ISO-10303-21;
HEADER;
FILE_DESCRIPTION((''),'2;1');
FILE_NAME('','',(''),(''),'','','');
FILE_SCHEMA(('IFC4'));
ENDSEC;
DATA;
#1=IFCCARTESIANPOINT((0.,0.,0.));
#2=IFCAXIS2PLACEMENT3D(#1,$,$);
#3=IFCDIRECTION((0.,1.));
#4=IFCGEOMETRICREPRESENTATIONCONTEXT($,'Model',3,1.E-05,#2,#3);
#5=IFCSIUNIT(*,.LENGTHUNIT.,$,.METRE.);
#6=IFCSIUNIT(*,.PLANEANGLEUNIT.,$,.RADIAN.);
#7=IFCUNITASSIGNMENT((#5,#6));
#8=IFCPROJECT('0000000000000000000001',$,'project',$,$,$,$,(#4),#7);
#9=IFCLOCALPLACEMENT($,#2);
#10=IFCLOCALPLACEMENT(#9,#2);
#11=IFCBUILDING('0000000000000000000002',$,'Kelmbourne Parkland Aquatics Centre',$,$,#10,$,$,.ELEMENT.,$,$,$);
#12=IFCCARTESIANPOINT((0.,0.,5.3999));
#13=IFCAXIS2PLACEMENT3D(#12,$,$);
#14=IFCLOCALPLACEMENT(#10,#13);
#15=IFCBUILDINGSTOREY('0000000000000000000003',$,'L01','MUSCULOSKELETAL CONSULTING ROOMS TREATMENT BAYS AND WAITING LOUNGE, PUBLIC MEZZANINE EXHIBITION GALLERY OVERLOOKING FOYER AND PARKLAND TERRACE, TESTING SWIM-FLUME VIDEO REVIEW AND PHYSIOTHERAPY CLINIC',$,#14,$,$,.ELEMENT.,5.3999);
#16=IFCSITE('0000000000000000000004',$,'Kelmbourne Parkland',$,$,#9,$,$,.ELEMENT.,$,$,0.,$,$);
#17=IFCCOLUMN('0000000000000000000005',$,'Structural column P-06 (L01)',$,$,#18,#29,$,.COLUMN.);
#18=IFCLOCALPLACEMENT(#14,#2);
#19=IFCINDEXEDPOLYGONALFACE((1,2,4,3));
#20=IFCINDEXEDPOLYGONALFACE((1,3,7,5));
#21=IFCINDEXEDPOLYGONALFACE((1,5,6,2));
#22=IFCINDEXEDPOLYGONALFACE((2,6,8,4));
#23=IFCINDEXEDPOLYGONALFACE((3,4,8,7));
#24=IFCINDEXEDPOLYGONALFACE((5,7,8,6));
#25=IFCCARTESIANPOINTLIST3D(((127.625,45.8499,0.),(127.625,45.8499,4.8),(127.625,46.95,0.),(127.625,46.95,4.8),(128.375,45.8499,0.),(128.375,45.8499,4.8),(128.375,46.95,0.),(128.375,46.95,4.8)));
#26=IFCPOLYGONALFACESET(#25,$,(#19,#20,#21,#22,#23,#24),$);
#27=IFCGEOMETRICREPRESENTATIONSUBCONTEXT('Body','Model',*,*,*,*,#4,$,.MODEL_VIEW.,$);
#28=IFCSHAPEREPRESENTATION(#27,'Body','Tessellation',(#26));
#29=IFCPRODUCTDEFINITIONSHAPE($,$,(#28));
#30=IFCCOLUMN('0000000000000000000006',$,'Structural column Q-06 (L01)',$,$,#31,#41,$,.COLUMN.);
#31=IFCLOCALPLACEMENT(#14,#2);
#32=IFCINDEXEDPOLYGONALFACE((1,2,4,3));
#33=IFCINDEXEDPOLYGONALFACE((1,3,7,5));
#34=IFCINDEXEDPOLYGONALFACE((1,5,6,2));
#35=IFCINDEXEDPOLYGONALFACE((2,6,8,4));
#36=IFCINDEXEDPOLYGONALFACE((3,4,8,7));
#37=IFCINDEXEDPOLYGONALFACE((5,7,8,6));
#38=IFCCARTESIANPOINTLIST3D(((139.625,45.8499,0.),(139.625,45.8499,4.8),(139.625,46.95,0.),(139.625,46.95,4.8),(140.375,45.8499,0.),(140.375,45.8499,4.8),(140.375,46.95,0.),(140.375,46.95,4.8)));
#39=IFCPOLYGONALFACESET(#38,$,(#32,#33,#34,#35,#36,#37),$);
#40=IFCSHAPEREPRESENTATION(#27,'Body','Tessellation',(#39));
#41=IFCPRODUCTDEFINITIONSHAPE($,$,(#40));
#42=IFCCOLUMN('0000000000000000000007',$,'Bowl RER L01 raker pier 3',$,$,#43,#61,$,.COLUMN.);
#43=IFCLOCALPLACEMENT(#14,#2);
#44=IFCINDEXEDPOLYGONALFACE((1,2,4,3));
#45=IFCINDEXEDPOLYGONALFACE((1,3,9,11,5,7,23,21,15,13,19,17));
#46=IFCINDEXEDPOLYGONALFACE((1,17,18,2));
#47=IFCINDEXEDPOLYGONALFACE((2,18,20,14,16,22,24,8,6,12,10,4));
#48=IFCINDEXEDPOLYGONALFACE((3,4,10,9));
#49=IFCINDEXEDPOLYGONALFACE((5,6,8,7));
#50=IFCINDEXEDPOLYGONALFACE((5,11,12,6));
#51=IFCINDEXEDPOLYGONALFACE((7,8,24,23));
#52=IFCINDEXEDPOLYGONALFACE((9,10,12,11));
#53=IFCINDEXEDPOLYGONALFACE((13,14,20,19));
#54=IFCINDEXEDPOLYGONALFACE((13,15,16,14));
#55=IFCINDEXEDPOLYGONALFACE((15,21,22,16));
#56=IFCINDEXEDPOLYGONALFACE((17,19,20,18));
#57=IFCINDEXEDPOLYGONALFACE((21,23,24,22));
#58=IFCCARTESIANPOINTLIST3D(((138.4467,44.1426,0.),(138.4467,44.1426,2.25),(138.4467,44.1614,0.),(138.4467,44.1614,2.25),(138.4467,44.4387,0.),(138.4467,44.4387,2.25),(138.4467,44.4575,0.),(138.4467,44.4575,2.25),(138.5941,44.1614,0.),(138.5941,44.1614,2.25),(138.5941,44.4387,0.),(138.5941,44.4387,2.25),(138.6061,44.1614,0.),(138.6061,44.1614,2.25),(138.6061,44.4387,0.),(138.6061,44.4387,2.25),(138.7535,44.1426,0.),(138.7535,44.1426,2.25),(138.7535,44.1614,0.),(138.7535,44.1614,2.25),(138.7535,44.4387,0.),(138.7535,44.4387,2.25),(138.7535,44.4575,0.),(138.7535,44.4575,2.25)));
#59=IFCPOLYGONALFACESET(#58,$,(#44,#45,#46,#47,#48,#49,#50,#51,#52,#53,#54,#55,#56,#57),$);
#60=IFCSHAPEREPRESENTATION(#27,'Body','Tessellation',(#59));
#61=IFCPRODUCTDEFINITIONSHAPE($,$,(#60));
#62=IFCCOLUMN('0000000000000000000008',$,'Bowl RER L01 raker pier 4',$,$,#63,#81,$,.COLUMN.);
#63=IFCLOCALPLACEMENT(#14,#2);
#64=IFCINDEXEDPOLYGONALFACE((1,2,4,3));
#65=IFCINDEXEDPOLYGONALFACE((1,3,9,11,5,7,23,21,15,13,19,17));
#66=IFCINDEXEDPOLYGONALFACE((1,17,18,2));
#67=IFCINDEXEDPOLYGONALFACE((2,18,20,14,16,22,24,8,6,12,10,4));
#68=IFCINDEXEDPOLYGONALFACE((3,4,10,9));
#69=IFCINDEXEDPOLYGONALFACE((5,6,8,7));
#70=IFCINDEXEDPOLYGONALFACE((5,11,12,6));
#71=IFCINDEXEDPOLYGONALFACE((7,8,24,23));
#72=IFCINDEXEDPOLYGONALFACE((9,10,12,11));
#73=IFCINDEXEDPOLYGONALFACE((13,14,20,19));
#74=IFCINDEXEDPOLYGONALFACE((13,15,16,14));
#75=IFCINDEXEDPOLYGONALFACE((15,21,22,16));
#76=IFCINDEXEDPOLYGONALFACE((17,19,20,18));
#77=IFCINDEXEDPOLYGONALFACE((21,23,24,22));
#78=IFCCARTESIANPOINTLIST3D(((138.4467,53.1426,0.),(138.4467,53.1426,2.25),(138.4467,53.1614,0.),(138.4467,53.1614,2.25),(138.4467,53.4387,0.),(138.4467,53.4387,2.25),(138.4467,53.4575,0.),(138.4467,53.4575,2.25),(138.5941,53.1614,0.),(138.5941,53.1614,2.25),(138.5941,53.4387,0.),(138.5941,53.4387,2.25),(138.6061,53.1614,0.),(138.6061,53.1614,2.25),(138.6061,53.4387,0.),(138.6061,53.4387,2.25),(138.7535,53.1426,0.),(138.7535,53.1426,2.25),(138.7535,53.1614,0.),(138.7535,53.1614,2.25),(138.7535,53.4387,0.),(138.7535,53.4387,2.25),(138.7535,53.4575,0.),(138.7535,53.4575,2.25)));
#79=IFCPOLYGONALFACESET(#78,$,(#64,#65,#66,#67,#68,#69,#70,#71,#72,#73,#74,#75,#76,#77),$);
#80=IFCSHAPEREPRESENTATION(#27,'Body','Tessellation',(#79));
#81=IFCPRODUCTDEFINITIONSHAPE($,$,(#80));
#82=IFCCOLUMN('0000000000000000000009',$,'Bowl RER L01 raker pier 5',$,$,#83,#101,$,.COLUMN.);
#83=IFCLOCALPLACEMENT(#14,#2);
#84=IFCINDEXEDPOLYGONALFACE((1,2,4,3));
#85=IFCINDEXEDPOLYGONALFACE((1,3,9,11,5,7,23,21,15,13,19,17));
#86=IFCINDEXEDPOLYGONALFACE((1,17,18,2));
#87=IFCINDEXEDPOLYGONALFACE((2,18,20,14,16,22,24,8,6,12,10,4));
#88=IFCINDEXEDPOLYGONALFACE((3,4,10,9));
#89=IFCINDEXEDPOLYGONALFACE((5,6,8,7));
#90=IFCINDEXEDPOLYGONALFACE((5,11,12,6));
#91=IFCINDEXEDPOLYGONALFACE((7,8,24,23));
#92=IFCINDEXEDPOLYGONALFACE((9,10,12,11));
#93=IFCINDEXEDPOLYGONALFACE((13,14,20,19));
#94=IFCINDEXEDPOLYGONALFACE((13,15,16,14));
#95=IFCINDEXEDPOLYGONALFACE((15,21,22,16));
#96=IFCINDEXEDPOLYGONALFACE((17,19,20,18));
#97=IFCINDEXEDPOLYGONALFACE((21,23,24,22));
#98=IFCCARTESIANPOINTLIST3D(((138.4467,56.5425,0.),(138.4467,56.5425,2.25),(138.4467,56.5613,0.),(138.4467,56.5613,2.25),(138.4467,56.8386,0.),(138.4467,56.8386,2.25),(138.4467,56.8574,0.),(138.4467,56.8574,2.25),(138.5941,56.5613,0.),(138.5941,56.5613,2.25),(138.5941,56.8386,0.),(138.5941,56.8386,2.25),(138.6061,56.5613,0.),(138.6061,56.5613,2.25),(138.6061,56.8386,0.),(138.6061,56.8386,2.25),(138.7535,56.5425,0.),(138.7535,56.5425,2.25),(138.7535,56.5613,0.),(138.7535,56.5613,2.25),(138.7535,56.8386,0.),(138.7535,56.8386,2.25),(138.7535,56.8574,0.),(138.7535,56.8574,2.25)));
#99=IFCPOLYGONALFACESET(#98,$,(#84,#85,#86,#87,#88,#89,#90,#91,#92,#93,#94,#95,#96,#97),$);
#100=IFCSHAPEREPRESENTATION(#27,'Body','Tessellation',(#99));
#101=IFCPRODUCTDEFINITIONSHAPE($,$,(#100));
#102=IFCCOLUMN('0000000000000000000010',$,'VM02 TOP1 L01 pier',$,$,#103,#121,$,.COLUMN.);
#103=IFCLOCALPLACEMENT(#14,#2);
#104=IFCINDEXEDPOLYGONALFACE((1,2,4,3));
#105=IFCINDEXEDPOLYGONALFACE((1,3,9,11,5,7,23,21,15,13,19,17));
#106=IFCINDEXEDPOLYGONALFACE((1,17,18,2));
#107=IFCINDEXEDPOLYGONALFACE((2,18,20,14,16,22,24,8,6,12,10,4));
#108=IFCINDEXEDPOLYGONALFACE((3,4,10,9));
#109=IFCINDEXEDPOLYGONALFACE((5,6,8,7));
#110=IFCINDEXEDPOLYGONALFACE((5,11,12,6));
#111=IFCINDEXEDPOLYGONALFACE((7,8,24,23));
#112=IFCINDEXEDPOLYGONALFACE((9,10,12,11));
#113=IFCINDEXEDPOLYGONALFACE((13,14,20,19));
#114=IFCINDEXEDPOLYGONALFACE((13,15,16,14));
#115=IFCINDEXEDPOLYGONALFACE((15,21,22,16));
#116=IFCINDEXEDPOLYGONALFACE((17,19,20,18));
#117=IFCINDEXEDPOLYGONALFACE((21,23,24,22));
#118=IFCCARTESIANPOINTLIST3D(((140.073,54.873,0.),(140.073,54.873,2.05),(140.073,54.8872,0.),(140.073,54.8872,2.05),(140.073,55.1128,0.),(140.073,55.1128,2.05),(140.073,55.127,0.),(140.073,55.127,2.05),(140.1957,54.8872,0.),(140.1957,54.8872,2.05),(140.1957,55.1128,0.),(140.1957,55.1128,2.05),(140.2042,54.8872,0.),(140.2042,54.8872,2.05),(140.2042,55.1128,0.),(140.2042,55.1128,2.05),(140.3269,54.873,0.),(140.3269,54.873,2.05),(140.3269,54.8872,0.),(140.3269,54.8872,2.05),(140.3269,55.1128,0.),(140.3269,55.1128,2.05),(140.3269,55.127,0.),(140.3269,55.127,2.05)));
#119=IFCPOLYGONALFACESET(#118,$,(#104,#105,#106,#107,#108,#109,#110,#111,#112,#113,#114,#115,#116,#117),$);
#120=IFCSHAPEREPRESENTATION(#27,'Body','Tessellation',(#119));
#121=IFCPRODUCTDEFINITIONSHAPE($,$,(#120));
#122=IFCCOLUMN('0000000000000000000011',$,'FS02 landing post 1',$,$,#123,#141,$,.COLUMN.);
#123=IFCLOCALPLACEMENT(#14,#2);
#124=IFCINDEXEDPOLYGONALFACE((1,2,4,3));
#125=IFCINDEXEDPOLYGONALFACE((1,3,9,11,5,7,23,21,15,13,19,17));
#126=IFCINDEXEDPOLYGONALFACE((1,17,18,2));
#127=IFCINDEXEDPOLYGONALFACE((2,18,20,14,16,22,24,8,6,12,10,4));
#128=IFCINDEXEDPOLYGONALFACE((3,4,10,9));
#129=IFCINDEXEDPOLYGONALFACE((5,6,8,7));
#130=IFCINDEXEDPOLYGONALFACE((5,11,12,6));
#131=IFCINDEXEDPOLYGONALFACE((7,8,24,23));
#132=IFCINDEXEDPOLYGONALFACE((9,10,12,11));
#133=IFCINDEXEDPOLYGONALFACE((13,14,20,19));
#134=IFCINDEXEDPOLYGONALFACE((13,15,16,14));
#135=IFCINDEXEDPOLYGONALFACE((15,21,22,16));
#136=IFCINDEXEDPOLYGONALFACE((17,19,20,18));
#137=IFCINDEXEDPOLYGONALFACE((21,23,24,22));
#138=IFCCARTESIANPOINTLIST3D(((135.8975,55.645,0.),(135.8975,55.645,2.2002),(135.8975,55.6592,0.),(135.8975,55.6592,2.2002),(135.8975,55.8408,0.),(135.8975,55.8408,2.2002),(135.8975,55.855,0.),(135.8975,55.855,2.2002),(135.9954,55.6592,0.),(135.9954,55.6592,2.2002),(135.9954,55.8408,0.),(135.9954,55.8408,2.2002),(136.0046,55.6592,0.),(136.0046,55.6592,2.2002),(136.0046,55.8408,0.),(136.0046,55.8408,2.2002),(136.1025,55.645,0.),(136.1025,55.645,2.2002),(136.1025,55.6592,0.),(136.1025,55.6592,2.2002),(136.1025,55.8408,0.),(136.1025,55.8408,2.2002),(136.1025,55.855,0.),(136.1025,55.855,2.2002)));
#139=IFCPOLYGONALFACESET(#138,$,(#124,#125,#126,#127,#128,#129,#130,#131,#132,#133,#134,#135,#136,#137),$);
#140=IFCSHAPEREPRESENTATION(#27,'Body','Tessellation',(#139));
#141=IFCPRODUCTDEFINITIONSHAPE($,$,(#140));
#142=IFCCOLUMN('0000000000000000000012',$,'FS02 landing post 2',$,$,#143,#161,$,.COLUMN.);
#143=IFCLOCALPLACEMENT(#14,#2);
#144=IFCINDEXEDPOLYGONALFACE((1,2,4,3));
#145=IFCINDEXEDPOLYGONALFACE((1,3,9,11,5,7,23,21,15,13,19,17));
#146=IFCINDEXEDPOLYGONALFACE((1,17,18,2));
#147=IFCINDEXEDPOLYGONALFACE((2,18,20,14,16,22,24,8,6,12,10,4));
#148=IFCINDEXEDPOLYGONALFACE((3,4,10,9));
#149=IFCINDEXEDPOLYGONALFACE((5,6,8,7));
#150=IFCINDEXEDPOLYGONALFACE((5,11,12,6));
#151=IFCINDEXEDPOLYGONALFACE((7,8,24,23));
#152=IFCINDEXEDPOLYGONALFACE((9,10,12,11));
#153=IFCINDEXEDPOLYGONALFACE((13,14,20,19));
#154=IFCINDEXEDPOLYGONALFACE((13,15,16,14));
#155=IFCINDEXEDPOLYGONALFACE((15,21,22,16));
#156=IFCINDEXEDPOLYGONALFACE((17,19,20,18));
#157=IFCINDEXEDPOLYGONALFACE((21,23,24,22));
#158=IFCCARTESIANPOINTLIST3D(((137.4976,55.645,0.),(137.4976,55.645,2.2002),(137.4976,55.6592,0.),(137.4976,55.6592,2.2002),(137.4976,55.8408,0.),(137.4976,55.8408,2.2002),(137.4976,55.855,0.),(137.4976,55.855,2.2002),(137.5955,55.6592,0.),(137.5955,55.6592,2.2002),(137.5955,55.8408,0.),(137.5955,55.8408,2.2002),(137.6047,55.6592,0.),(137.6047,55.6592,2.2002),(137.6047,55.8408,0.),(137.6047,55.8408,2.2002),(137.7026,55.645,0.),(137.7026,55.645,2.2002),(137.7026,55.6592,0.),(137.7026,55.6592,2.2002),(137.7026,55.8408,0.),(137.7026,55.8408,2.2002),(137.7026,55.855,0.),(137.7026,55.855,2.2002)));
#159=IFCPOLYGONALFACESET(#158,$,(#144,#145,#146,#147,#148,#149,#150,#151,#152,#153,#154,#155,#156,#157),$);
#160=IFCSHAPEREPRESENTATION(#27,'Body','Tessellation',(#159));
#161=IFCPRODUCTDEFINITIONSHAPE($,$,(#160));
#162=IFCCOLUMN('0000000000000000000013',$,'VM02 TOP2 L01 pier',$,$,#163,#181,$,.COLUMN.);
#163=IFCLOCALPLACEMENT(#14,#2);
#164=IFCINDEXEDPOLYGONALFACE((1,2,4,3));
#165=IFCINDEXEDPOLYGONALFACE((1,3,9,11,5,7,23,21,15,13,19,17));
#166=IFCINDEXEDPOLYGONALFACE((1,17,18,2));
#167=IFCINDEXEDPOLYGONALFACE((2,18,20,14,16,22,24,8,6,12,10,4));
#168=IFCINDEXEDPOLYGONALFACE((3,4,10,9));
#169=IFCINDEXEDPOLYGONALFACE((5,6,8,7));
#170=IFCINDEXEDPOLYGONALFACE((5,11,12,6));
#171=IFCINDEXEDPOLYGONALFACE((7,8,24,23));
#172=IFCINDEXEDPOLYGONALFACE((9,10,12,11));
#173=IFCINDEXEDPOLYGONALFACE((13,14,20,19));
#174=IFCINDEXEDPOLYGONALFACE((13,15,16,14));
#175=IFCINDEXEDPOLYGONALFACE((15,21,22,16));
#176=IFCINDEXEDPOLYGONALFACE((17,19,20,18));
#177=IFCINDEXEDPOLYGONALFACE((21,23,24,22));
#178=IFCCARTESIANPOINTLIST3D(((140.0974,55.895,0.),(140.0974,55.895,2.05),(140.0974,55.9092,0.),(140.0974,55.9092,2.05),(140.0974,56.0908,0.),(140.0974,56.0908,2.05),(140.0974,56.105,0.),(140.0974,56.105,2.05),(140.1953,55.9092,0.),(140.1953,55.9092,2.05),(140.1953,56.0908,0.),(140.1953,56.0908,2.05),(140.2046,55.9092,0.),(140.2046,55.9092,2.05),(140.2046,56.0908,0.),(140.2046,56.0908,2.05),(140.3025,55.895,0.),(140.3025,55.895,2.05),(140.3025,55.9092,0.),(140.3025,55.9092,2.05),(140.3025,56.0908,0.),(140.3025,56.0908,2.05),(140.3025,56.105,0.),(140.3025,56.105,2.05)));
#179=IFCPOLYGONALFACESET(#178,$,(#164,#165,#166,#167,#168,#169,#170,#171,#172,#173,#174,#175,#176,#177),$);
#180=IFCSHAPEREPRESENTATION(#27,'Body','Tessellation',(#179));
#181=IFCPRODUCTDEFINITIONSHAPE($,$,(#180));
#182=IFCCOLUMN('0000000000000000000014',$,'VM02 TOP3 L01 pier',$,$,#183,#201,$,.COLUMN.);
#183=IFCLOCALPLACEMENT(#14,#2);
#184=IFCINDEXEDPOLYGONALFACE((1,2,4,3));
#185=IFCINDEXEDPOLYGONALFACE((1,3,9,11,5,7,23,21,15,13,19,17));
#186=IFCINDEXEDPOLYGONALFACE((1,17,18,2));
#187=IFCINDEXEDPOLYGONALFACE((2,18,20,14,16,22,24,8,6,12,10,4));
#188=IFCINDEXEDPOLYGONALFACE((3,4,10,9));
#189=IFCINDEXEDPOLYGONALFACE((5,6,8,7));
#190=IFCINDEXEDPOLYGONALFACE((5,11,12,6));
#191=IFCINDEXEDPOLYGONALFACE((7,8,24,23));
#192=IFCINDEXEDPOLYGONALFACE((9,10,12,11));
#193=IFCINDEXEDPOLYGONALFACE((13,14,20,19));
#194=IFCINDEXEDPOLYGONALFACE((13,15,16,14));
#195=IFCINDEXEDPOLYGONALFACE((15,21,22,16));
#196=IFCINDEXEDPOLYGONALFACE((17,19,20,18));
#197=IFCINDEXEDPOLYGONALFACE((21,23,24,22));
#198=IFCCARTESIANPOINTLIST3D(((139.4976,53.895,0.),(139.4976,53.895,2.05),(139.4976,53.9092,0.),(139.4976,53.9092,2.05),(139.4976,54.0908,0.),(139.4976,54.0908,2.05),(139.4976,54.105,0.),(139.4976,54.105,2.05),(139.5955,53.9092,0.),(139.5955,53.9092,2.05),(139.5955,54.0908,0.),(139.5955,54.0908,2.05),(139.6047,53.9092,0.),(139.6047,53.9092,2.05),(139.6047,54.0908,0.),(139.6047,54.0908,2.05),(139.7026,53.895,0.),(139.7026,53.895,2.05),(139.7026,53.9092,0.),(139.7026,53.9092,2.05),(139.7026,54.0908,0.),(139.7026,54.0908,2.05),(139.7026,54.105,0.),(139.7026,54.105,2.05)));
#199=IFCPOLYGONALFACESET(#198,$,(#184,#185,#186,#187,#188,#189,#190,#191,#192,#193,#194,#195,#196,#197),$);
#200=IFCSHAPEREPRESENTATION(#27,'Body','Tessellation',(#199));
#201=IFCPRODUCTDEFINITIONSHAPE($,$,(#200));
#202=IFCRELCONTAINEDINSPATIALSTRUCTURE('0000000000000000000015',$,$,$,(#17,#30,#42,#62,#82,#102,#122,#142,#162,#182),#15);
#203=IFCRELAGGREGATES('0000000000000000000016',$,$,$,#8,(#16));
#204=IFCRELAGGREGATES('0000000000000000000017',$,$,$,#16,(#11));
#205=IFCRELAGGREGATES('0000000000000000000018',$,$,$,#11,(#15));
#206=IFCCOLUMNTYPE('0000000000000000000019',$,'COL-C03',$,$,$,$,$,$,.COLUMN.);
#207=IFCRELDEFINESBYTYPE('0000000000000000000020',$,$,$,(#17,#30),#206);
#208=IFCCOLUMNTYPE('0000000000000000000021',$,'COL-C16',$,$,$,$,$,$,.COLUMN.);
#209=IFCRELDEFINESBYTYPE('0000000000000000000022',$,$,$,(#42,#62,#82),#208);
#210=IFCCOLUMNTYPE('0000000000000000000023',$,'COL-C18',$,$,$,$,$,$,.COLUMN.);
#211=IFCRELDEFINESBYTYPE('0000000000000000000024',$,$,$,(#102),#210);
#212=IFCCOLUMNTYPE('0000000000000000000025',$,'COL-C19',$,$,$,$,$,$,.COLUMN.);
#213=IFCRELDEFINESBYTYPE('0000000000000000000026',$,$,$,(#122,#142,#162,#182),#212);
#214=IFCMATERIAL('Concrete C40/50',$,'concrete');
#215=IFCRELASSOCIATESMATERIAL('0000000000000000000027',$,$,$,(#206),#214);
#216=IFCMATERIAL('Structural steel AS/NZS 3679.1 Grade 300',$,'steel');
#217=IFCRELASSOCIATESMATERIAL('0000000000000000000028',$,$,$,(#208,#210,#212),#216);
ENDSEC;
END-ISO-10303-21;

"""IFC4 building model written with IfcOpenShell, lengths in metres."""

from ifc_helpers import new_model, si_unit, direction, frame, origin, origin_2d, place, context, subcontext, project, spatial, rectangle, i_section, extrude, material, material_profile, profile_set, type_object, element, save


model = new_model("IFC4")

# Units and contexts
model_context = context("Model", 3, precision=1e-05, world=origin(), true_north=direction((0.0, 1.0)))
body_context = subcontext(model_context, "Body", "Model", "MODEL_VIEW")
ifc_project = project(units=[si_unit("LENGTHUNIT", "METRE"), si_unit("PLANEANGLEUNIT", "RADIAN")], contexts=[model_context])

# Site, building, storey
site_placement = place(None, origin())
site = spatial("IfcSite", under=ifc_project, at=site_placement, Name="Kelmbourne Parkland", CompositionType="ELEMENT", RefElevation=0.0)
building_placement = place(site_placement, origin())
building = spatial("IfcBuilding", under=site, at=building_placement, Name="Kelmbourne Parkland Aquatics Centre", CompositionType="ELEMENT")
storey_placement = place(building_placement, frame((0.0, 0.0, 5.3999)))
storey = spatial("IfcBuildingStorey", under=building, at=storey_placement, Name="L01", Description="MUSCULOSKELETAL CONSULTING ROOMS TREATMENT BAYS AND WAITING LOUNGE, PUBLIC MEZZANINE EXHIBITION GALLERY OVERLOOKING FOYER AND PARKLAND TERRACE, TESTING SWIM-FLUME VIDEO REVIEW AND PHYSIOTHERAPY CLINIC", CompositionType="ELEMENT", Elevation=5.3999)

# Columns
ifc_material_1 = material(Name="Concrete C40/50", Category="concrete")
ifc_material_profile_1 = material_profile(ifc_material_1, rectangle(XDim=0.75, YDim=1.1001, at=origin_2d()), Name="RC 750x1100")
ifc_profile_set_1 = profile_set([ifc_material_profile_1], Name="Concrete C40/50")
column_type_1 = type_object("IfcColumnType", Name="COL-C03", PredefinedType="COLUMN", material=ifc_profile_set_1)
for number, where, z_axis, x_axis, name in (
    (1, (128.0, 46.3999, 0.0), (0.0, 0.0, 1.0), (1.0, 0.0, 0.0), "Structural column P-06 (L01)"),
    (2, (140.0, 46.3999, 0.0), (0.0, 0.0, 1.0), (1.0, 0.0, 0.0), "Structural column Q-06 (L01)"),
):
    element("IfcColumn", number, at=place(storey_placement, frame(where, z_axis=z_axis, x_axis=x_axis)), inside=storey, type_object=column_type_1, Name=name, PredefinedType="COLUMN", context=body_context, shape_type="SweptSolid", body=[
        extrude(rectangle(XDim=0.75, YDim=1.1001, at=origin_2d()), origin(), (0.0, 0.0, 1.0), 4.8),
    ])
ifc_material_2 = material(Name="Structural steel AS/NZS 3679.1 Grade 300", Category="steel")
ifc_material_profile_2 = material_profile(ifc_material_2, i_section(OverallWidth=0.3069, OverallDepth=0.3149, WebThickness=0.012, FlangeThickness=0.0188, at=origin_2d()), Name="310UC118")
ifc_profile_set_2 = profile_set([ifc_material_profile_2], Name="Structural steel AS/NZS 3679.1 Grade 300")
column_type_2 = type_object("IfcColumnType", Name="COL-C16", PredefinedType="COLUMN", material=ifc_profile_set_2)
for number, where, z_axis, x_axis, name in (
    (3, (138.6001, 44.3, 0.0), (0.0, 0.0, 1.0), (1.0, 0.0, 0.0), "Bowl RER L01 raker pier 3"),
    (4, (138.6001, 53.3, 0.0), (0.0, 0.0, 1.0), (1.0, 0.0, 0.0), "Bowl RER L01 raker pier 4"),
    (5, (138.6001, 56.7, 0.0), (0.0, 0.0, 1.0), (1.0, 0.0, 0.0), "Bowl RER L01 raker pier 5"),
):
    element("IfcColumn", number, at=place(storey_placement, frame(where, z_axis=z_axis, x_axis=x_axis)), inside=storey, type_object=column_type_2, Name=name, PredefinedType="COLUMN", context=body_context, shape_type="SweptSolid", body=[
        extrude(i_section(OverallWidth=0.3069, OverallDepth=0.3149, WebThickness=0.012, FlangeThickness=0.0188, at=origin_2d()), origin(), (0.0, 0.0, 1.0), 2.25),
    ])
ifc_material_profile_3 = material_profile(ifc_material_2, i_section(OverallWidth=0.2539, OverallDepth=0.2539, WebThickness=0.0085, FlangeThickness=0.0142, at=origin_2d()), Name="250UC72.9")
ifc_profile_set_3 = profile_set([ifc_material_profile_3], Name="Structural steel AS/NZS 3679.1 Grade 300")
column_type_3 = type_object("IfcColumnType", Name="COL-C18", PredefinedType="COLUMN", material=ifc_profile_set_3)
column_placement = place(storey_placement, frame((140.2, 55.0, 0.0), z_axis=(0.0, 0.0, 1.0), x_axis=(1.0, 0.0, 0.0)))
element("IfcColumn", 6, at=column_placement, inside=storey, type_object=column_type_3, Name="VM02 TOP1 L01 pier", PredefinedType="COLUMN", context=body_context, shape_type="SweptSolid", body=[
    extrude(i_section(OverallWidth=0.2539, OverallDepth=0.2539, WebThickness=0.0085, FlangeThickness=0.0142, at=origin_2d()), origin(), (0.0, 0.0, 1.0), 2.05),
])
ifc_material_profile_4 = material_profile(ifc_material_2, i_section(OverallWidth=0.2051, OverallDepth=0.21, WebThickness=0.0093, FlangeThickness=0.0142, at=origin_2d()), Name="200UC59.5")
ifc_profile_set_4 = profile_set([ifc_material_profile_4], Name="Structural steel AS/NZS 3679.1 Grade 300")
column_type_4 = type_object("IfcColumnType", Name="COL-C19", PredefinedType="COLUMN", material=ifc_profile_set_4)
for number, where, z_axis, x_axis, name in (
    (7, (136.0, 55.75, 0.0), (0.0, 0.0, 1.0), (1.0, 0.0, 0.0), "FS02 landing post 1"),
    (8, (137.6001, 55.75, 0.0), (0.0, 0.0, 1.0), (1.0, 0.0, 0.0), "FS02 landing post 2"),
):
    element("IfcColumn", number, at=place(storey_placement, frame(where, z_axis=z_axis, x_axis=x_axis)), inside=storey, type_object=column_type_4, Name=name, PredefinedType="COLUMN", context=body_context, shape_type="SweptSolid", body=[
        extrude(i_section(OverallWidth=0.2051, OverallDepth=0.21, WebThickness=0.0093, FlangeThickness=0.0142, at=origin_2d()), origin(), (0.0, 0.0, 1.0), 2.2002),
    ])
for number, where, z_axis, x_axis, name in (
    (9, (140.2, 56.0, 0.0), (0.0, 0.0, 1.0), (1.0, 0.0, 0.0), "VM02 TOP2 L01 pier"),
    (10, (139.6001, 54.0, 0.0), (0.0, 0.0, 1.0), (1.0, 0.0, 0.0), "VM02 TOP3 L01 pier"),
):
    element("IfcColumn", number, at=place(storey_placement, frame(where, z_axis=z_axis, x_axis=x_axis)), inside=storey, type_object=column_type_4, Name=name, PredefinedType="COLUMN", context=body_context, shape_type="SweptSolid", body=[
        extrude(i_section(OverallWidth=0.2051, OverallDepth=0.21, WebThickness=0.0093, FlangeThickness=0.0142, at=origin_2d()), origin(), (0.0, 0.0, 1.0), 2.05),
    ])

save(model, "model.ifc")
